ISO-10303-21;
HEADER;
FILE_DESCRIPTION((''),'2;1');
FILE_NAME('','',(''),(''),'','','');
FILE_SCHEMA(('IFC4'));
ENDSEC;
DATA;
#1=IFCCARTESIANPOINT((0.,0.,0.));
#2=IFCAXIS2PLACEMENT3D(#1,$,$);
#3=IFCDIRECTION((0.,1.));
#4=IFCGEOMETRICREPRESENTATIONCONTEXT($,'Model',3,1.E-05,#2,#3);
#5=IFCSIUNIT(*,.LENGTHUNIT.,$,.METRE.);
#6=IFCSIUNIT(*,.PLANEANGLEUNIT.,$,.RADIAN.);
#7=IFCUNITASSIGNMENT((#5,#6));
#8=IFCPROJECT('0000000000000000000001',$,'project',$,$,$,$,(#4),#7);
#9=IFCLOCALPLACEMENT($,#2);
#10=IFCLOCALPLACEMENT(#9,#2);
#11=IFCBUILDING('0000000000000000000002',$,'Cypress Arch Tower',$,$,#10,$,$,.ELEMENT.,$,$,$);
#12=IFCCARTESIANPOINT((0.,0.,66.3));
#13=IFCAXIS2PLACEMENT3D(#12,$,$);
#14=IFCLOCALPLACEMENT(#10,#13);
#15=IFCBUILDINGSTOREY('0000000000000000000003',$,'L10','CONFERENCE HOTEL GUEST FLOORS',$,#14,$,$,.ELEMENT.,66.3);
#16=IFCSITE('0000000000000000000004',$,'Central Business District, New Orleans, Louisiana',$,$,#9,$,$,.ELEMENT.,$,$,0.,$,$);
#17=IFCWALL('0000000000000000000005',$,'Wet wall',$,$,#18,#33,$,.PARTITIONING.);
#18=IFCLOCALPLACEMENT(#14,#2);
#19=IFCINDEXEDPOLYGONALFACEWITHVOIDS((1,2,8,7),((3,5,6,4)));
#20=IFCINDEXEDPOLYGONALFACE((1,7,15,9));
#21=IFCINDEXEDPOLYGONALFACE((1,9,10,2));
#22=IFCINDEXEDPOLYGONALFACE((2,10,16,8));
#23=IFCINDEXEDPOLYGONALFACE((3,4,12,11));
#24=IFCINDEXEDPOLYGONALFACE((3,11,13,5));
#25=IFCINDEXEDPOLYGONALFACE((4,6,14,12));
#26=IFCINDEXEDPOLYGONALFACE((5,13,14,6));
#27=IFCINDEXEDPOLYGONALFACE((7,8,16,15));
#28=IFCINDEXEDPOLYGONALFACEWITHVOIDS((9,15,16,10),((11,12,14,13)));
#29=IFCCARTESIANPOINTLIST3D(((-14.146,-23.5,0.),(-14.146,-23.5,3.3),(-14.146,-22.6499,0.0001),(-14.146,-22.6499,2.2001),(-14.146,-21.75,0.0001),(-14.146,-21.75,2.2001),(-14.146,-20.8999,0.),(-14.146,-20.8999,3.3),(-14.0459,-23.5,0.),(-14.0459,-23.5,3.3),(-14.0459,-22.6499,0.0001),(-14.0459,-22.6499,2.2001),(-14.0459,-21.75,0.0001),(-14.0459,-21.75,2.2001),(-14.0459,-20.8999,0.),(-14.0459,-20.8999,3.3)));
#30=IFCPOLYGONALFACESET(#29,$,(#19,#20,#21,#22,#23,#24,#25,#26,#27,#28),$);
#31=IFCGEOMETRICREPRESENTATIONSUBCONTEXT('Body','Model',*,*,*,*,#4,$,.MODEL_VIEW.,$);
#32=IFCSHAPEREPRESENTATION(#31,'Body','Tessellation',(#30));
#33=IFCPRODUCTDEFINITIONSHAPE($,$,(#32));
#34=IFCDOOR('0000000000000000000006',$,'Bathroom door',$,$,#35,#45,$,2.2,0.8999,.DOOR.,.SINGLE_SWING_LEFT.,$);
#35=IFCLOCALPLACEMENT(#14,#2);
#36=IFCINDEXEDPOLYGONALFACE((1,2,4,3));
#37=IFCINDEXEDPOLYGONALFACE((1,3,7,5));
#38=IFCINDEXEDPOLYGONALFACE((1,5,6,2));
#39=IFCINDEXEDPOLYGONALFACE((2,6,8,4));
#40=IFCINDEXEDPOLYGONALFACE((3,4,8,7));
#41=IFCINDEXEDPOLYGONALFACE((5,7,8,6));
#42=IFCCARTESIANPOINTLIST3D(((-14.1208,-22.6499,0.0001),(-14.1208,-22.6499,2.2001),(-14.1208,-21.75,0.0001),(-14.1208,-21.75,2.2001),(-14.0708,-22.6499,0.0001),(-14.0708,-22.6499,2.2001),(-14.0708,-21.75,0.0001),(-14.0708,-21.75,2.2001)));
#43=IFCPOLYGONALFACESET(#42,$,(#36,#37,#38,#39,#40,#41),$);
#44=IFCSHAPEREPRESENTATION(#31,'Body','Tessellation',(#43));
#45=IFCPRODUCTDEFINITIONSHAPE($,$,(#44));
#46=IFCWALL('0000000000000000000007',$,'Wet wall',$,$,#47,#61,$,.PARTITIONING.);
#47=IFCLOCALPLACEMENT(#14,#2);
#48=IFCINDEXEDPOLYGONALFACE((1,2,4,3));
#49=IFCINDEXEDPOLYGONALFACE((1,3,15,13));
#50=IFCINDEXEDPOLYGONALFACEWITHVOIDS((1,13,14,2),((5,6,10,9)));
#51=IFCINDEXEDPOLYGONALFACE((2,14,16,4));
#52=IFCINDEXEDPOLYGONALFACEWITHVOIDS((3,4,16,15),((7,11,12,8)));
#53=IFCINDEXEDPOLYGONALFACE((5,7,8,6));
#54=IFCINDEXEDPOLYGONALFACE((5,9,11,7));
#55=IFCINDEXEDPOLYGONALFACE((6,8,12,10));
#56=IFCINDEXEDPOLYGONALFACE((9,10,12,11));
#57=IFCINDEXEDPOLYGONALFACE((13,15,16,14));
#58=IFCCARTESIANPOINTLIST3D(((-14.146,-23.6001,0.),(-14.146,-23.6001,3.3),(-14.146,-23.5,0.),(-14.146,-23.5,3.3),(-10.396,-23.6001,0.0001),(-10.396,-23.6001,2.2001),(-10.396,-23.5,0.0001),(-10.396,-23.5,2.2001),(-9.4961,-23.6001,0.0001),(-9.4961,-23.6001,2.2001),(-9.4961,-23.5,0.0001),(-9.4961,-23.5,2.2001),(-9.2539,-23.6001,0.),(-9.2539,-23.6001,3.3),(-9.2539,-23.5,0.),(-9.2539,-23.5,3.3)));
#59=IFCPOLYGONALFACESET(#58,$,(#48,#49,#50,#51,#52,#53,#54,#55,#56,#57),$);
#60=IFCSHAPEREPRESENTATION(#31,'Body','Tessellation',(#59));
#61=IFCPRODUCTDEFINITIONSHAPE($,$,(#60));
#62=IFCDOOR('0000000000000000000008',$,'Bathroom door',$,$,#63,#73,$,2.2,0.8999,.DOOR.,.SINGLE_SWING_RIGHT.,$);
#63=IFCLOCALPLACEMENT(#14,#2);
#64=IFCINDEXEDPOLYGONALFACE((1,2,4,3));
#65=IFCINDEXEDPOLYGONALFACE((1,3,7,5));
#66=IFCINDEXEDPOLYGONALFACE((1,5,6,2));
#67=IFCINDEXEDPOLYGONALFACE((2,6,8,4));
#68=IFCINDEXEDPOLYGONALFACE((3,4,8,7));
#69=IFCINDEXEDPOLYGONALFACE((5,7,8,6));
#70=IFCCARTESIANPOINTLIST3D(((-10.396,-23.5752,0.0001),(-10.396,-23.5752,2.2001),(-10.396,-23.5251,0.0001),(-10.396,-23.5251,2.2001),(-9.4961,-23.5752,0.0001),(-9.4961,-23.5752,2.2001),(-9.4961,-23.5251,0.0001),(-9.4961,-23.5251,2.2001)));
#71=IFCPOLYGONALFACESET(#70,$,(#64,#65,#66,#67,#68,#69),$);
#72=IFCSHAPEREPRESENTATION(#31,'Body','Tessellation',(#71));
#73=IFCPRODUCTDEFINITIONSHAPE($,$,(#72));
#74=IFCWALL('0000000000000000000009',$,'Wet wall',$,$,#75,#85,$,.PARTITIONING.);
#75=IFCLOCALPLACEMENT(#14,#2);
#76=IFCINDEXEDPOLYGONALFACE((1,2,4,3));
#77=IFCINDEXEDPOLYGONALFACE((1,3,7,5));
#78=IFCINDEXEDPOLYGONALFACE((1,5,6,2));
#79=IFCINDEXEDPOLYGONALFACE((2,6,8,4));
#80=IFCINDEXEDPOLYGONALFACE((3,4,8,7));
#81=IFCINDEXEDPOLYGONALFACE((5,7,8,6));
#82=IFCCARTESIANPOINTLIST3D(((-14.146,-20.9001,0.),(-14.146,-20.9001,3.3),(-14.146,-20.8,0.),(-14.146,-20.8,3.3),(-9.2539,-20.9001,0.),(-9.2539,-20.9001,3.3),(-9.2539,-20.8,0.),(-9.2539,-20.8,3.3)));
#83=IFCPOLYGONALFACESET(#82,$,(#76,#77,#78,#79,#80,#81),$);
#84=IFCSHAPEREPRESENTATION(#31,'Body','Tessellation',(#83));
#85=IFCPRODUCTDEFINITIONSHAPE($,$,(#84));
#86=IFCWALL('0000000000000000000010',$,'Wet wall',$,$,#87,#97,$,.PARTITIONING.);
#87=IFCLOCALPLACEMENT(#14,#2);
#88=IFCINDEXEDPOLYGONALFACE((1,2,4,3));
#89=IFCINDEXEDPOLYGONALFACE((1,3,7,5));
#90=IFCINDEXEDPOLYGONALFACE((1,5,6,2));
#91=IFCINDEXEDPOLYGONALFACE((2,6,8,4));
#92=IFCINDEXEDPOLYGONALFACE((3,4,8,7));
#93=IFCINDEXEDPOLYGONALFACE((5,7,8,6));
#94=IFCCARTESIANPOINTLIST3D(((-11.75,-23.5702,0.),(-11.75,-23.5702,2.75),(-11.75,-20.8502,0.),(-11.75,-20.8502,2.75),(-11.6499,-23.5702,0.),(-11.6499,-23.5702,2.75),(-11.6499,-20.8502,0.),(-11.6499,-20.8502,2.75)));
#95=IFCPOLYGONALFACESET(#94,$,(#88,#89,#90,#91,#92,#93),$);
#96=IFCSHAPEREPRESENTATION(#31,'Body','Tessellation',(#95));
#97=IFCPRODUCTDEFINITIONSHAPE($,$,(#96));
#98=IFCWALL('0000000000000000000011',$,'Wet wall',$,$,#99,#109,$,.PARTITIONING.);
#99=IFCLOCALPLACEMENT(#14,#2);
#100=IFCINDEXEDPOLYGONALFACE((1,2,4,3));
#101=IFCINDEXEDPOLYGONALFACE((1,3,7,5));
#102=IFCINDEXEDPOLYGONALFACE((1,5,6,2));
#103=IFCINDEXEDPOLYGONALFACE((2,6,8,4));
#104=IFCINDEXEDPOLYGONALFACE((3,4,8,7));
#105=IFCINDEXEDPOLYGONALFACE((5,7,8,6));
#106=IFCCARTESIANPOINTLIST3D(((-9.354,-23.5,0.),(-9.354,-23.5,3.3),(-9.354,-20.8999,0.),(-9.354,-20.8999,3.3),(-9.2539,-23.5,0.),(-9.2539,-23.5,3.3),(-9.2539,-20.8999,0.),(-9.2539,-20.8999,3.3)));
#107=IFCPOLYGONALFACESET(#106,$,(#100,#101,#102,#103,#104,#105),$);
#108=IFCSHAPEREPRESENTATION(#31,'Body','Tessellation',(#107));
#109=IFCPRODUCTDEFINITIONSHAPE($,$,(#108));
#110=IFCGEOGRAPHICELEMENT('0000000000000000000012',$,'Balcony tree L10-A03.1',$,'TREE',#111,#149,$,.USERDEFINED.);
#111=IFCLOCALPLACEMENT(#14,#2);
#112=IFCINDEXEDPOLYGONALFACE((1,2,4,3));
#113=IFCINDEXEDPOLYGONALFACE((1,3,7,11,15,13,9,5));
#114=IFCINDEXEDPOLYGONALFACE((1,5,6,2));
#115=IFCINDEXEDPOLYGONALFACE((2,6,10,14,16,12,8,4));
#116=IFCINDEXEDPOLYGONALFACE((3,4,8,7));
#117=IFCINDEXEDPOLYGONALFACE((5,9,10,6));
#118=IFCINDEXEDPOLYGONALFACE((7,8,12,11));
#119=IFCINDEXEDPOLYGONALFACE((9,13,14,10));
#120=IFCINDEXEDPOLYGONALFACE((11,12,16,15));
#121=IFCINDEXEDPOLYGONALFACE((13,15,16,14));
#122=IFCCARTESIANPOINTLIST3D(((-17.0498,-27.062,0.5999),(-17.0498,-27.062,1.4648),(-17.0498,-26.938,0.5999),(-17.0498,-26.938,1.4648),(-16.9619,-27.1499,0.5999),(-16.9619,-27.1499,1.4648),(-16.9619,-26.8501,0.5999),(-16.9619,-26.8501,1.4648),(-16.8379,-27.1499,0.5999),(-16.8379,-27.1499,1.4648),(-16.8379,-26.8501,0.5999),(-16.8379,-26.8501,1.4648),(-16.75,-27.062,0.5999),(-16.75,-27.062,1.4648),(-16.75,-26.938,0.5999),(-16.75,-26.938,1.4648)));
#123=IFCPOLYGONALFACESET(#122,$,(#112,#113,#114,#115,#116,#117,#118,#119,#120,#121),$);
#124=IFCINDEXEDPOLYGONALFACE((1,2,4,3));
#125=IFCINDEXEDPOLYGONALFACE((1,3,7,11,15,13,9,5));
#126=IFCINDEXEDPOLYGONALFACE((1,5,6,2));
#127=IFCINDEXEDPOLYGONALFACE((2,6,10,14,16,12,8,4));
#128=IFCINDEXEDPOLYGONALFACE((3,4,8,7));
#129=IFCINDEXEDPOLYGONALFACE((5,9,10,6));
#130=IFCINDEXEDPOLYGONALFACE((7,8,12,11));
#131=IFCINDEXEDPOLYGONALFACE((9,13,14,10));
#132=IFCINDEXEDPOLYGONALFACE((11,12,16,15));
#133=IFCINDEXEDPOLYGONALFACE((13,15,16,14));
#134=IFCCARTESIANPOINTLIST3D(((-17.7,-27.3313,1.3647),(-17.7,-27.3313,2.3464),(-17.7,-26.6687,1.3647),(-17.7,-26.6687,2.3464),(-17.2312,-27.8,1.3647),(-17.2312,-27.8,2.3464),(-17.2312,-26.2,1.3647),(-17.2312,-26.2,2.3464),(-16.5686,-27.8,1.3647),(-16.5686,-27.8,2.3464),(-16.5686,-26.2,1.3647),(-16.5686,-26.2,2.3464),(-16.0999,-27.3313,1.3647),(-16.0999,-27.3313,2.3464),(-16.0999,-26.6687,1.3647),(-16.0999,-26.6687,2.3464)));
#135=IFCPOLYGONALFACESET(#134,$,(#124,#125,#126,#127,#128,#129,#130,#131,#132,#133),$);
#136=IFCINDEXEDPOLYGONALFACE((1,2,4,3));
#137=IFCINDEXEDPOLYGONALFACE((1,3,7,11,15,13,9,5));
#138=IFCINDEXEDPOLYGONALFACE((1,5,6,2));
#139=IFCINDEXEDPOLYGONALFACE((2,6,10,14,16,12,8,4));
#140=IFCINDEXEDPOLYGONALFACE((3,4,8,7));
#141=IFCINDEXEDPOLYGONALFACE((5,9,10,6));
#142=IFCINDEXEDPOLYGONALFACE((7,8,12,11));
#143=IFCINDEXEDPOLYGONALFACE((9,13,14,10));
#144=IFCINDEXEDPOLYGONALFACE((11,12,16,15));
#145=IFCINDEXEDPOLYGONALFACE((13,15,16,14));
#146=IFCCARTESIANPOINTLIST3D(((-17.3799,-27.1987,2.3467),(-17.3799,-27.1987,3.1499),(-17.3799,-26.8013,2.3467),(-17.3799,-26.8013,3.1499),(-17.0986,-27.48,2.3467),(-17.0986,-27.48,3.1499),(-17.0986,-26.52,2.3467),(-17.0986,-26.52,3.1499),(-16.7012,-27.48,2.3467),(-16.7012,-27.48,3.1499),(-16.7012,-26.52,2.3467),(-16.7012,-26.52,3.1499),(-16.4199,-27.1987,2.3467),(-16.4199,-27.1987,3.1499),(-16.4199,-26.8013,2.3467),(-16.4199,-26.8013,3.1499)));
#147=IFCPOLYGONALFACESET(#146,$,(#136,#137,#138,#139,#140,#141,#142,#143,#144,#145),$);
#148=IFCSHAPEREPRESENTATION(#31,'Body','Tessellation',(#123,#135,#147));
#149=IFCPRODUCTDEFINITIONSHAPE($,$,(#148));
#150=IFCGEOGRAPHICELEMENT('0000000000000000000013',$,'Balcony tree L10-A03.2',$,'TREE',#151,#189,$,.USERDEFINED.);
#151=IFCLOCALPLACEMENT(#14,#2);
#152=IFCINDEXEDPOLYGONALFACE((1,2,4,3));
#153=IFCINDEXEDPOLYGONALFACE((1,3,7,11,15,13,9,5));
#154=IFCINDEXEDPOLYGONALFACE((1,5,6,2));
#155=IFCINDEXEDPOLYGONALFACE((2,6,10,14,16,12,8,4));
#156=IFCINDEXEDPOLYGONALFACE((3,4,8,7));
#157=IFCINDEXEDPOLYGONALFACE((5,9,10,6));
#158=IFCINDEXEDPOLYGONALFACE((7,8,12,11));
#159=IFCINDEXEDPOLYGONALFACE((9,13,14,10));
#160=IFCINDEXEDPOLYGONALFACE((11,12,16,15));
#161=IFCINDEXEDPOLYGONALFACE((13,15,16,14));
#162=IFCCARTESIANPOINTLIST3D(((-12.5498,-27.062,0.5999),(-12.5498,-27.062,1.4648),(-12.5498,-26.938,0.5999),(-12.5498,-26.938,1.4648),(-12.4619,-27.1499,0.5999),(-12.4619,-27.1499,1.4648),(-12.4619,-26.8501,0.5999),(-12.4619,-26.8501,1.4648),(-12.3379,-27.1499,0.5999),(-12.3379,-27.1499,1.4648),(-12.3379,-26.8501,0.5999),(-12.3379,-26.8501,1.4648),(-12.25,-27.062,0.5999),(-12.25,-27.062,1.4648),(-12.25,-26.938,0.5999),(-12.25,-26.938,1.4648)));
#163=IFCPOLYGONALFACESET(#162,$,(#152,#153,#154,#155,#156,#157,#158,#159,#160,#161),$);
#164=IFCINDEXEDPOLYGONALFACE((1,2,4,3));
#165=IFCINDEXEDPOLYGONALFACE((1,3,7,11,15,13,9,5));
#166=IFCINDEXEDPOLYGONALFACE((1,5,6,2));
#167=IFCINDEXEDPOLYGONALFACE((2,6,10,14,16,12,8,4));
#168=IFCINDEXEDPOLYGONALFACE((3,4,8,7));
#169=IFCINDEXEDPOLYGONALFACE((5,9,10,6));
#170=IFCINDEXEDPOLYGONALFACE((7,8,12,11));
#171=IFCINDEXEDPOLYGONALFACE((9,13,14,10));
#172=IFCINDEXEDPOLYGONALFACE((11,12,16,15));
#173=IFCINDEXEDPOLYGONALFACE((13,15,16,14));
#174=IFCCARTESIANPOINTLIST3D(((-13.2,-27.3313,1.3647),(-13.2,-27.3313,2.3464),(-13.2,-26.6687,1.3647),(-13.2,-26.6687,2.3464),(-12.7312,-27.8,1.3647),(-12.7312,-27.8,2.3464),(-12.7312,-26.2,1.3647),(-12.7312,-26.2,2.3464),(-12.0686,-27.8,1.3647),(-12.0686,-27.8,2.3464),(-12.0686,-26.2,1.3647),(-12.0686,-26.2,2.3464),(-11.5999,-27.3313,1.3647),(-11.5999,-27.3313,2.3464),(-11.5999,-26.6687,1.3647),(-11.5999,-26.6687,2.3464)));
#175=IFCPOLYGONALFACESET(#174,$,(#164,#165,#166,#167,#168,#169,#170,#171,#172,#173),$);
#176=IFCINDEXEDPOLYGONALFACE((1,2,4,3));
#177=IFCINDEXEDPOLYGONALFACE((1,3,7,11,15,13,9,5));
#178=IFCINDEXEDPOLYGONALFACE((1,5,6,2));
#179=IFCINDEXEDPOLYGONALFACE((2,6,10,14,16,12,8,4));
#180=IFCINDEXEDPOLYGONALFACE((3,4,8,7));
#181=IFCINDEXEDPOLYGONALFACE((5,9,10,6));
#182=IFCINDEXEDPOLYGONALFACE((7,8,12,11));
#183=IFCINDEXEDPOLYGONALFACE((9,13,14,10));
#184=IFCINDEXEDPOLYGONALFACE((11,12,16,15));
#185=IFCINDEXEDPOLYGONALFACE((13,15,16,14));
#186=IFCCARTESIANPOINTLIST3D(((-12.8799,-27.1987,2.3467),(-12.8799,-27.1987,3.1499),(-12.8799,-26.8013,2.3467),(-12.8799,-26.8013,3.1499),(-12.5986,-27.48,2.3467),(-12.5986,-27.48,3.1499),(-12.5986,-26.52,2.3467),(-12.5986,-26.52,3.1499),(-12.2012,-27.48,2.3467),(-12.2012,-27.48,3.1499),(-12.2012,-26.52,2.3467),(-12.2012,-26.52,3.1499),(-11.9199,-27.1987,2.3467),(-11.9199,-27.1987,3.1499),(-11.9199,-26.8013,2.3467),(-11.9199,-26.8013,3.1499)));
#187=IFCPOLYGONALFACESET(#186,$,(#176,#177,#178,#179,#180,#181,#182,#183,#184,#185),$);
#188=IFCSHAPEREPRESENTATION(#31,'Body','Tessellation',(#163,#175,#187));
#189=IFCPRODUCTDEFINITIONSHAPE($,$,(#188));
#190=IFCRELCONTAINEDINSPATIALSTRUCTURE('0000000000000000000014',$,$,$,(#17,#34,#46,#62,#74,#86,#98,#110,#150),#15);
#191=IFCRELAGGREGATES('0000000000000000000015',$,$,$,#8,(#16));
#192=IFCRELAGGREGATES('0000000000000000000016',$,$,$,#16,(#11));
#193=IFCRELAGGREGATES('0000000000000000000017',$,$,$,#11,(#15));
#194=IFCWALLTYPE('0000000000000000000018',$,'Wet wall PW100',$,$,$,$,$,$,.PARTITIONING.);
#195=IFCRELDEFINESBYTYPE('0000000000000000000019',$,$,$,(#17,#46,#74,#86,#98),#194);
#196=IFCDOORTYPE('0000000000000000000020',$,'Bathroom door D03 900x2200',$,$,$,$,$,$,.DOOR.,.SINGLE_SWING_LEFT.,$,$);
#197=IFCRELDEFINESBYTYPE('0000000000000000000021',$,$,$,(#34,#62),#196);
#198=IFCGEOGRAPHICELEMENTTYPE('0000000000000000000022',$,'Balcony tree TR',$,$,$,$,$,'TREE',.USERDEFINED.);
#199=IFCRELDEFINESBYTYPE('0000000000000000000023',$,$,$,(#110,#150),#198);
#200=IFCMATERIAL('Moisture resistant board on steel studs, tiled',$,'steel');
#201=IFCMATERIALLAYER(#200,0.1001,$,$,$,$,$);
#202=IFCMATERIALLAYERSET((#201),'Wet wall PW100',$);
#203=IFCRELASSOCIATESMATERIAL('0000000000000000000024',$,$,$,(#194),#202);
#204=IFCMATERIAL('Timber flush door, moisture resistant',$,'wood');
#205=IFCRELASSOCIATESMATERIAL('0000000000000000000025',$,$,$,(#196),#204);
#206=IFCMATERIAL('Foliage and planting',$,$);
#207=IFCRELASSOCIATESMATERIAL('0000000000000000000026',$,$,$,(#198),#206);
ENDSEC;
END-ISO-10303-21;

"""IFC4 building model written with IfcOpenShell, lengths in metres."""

from ifc_helpers import new_model, si_unit, direction, frame, frame_2d, origin, place, context, subcontext, project, spatial, polyline, rectangle, outline, extrude, material, layer, layer_set, type_object, element, fill, save


model = new_model("IFC4")

# Units and contexts
model_context = context("Model", 3, precision=1e-05, world=origin(), true_north=direction((0.0, 1.0)))
body_context = subcontext(model_context, "Body", "Model", "MODEL_VIEW")
ifc_project = project(units=[si_unit("LENGTHUNIT", "METRE"), si_unit("PLANEANGLEUNIT", "RADIAN")], contexts=[model_context])

# Site, building, storey
site_placement = place(None, origin())
site = spatial("IfcSite", under=ifc_project, at=site_placement, Name="Central Business District, New Orleans, Louisiana", CompositionType="ELEMENT", RefElevation=0.0)
building_placement = place(site_placement, origin())
building = spatial("IfcBuilding", under=site, at=building_placement, Name="Cypress Arch Tower", CompositionType="ELEMENT")
storey_placement = place(building_placement, frame((0.0, 0.0, 66.3)))
storey = spatial("IfcBuildingStorey", under=building, at=storey_placement, Name="L10", Description="CONFERENCE HOTEL GUEST FLOORS", CompositionType="ELEMENT", Elevation=66.3)

# Walls, openings, doors
ifc_material_1 = material(Name="Moisture resistant board on steel studs, tiled", Category="steel")
ifc_layer_1 = layer(ifc_material_1, 0.1001)
ifc_layer_set_1 = layer_set([ifc_layer_1], Name="Wet wall PW100")
wall_type_1 = type_object("IfcWallType", Name="Wet wall PW100", PredefinedType="PARTITIONING", material=ifc_layer_set_1)
wall_1_placement = place(storey_placement, frame((-14.0959, -23.5, 0.0), z_axis=(0.0, 0.0, 1.0), x_axis=(0.0, 1.0, 0.0)))
wall_1 = element("IfcWall", 1, at=wall_1_placement, inside=storey, type_object=wall_type_1, Name="Wet wall", PredefinedType="PARTITIONING", context=body_context, shape_type="SweptSolid", body=[
    extrude(rectangle(XDim=2.6001, YDim=0.1001, at=frame_2d((1.3, 0.0))), origin(), (0.0, 0.0, 1.0), 3.3),
])
opening_1_placement = place(wall_1_placement, frame((0.8501, 0.0, 0.0)))
opening_1 = element("IfcOpeningElement", 2, at=opening_1_placement, cuts=wall_1, PredefinedType="OPENING", context=body_context, shape_type="SweptSolid", body=[
    extrude(rectangle(XDim=0.8999, YDim=2.2, at=frame_2d((0.45, 1.1001))), frame((0.0, 0.0601, 0.0), z_axis=(0.0, -1.0, 0.0), x_axis=(1.0, 0.0, 0.0)), (0.0, 0.0, 1.0), 0.1201),
])
ifc_material_2 = material(Name="Timber flush door, moisture resistant", Category="wood")
door_type_1 = type_object("IfcDoorType", Name="Bathroom door D03 900x2200", OperationType="SINGLE_SWING_LEFT", PredefinedType="DOOR", material=ifc_material_2)
door_1_placement = place(opening_1_placement, origin())
door_1 = element("IfcDoor", 3, at=door_1_placement, inside=storey, type_object=door_type_1, Name="Bathroom door", OperationType="SINGLE_SWING_LEFT", OverallHeight=2.2, OverallWidth=0.8999, PredefinedType="DOOR", context=body_context, shape_type="SweptSolid", body=[
    extrude(rectangle(XDim=0.8999, YDim=2.2, at=frame_2d((0.45, 1.1001))), frame((0.0, 0.0249, 0.0), z_axis=(0.0, -1.0, 0.0), x_axis=(1.0, 0.0, 0.0)), (0.0, 0.0, 1.0), 0.05),
])
fill(opening_1, door_1)
wall_2_placement = place(storey_placement, frame((-14.146, -23.55, 0.0), z_axis=(0.0, 0.0, 1.0), x_axis=(1.0, 0.0, 0.0)))
wall_2 = element("IfcWall", 4, at=wall_2_placement, inside=storey, type_object=wall_type_1, Name="Wet wall", PredefinedType="PARTITIONING", context=body_context, shape_type="SweptSolid", body=[
    extrude(rectangle(XDim=4.8921, YDim=0.1001, at=frame_2d((2.446, 0.0))), origin(), (0.0, 0.0, 1.0), 3.3),
])
opening_2_placement = place(wall_2_placement, frame((3.75, 0.0, 0.0)))
opening_2 = element("IfcOpeningElement", 5, at=opening_2_placement, cuts=wall_2, PredefinedType="OPENING", context=body_context, shape_type="SweptSolid", body=[
    extrude(rectangle(XDim=0.8999, YDim=2.2, at=frame_2d((0.45, 1.1001))), frame((0.0, 0.0601, 0.0), z_axis=(0.0, -1.0, 0.0), x_axis=(1.0, 0.0, 0.0)), (0.0, 0.0, 1.0), 0.1201),
])
door_2_placement = place(opening_2_placement, origin())
door_2 = element("IfcDoor", 6, at=door_2_placement, inside=storey, type_object=door_type_1, Name="Bathroom door", OperationType="SINGLE_SWING_RIGHT", OverallHeight=2.2, OverallWidth=0.8999, PredefinedType="DOOR", context=body_context, shape_type="SweptSolid", body=[
    extrude(rectangle(XDim=0.8999, YDim=2.2, at=frame_2d((0.45, 1.1001))), frame((0.0, 0.0249, 0.0), z_axis=(0.0, -1.0, 0.0), x_axis=(1.0, 0.0, 0.0)), (0.0, 0.0, 1.0), 0.05),
])
fill(opening_2, door_2)

# Walls
wall_3_placement = place(storey_placement, frame((-14.146, -20.8501, 0.0), z_axis=(0.0, 0.0, 1.0), x_axis=(1.0, 0.0, 0.0)))
element("IfcWall", 7, at=wall_3_placement, inside=storey, type_object=wall_type_1, Name="Wet wall", PredefinedType="PARTITIONING", context=body_context, shape_type="SweptSolid", body=[
    extrude(rectangle(XDim=4.8921, YDim=0.1001, at=frame_2d((2.446, 0.0))), origin(), (0.0, 0.0, 1.0), 3.3),
])
wall_4_placement = place(storey_placement, frame((-11.7, -23.5701, 0.0), z_axis=(0.0, 0.0, 1.0), x_axis=(0.0, 1.0, 0.0)))
element("IfcWall", 8, at=wall_4_placement, inside=storey, type_object=wall_type_1, Name="Wet wall", PredefinedType="PARTITIONING", context=body_context, shape_type="SweptSolid", body=[
    extrude(rectangle(XDim=2.72, YDim=0.1001, at=frame_2d((1.3599, 0.0))), origin(), (0.0, 0.0, 1.0), 2.75),
])
wall_5_placement = place(storey_placement, frame((-9.304, -23.5, 0.0), z_axis=(0.0, 0.0, 1.0), x_axis=(0.0, 1.0, 0.0)))
element("IfcWall", 9, at=wall_5_placement, inside=storey, type_object=wall_type_1, Name="Wet wall", PredefinedType="PARTITIONING", context=body_context, shape_type="SweptSolid", body=[
    extrude(rectangle(XDim=2.6001, YDim=0.1001, at=frame_2d((1.3, 0.0))), origin(), (0.0, 0.0, 1.0), 3.3),
])

# Geographic elements
ifc_material_3 = material(Name="Foliage and planting")
geographic_element_type = type_object("IfcGeographicElementType", Name="Balcony tree TR", ElementType="TREE", PredefinedType="USERDEFINED", material=ifc_material_3)
for number, where, z_axis, x_axis, name in (
    (10, (-16.8999, -27.0, 0.5999), (0.0, 0.0, 1.0), (1.0, 0.0, 0.0), "Balcony tree L10-A03.1"),
    (11, (-12.3999, -27.0, 0.5999), (0.0, 0.0, 1.0), (1.0, 0.0, 0.0), "Balcony tree L10-A03.2"),
):
    element("IfcGeographicElement", number, at=place(storey_placement, frame(where, z_axis=z_axis, x_axis=x_axis)), inside=storey, type_object=geographic_element_type, Name=name, ObjectType="TREE", PredefinedType="USERDEFINED", context=body_context, shape_type="SweptSolid", body=[
        extrude(outline(polyline([(0.1499, 0.062), (0.062, 0.1499), (-0.062, 0.1499), (-0.1499, 0.062), (-0.1499, -0.062), (-0.062, -0.1499), (0.062, -0.1499), (0.1499, -0.062), (0.1499, 0.062)])), origin(), (0.0, 0.0, 1.0), 0.865),
        extrude(outline(polyline([(0.8, 0.3313), (0.3313, 0.8), (-0.3313, 0.8), (-0.8, 0.3313), (-0.8, -0.3313), (-0.3313, -0.8), (0.3313, -0.8), (0.8, -0.3313), (0.8, 0.3313)])), frame((0.0, 0.0, 0.7649)), (0.0, 0.0, 1.0), 0.9817),
        extrude(outline(polyline([(0.48, 0.1987), (0.1987, 0.48), (-0.1987, 0.48), (-0.48, 0.1987), (-0.48, -0.1987), (-0.1987, -0.48), (0.1987, -0.48), (0.48, -0.1987), (0.48, 0.1987)])), frame((0.0, 0.0, 1.7468)), (0.0, 0.0, 1.0), 0.8032),
    ])

save(model, "model.ifc")
